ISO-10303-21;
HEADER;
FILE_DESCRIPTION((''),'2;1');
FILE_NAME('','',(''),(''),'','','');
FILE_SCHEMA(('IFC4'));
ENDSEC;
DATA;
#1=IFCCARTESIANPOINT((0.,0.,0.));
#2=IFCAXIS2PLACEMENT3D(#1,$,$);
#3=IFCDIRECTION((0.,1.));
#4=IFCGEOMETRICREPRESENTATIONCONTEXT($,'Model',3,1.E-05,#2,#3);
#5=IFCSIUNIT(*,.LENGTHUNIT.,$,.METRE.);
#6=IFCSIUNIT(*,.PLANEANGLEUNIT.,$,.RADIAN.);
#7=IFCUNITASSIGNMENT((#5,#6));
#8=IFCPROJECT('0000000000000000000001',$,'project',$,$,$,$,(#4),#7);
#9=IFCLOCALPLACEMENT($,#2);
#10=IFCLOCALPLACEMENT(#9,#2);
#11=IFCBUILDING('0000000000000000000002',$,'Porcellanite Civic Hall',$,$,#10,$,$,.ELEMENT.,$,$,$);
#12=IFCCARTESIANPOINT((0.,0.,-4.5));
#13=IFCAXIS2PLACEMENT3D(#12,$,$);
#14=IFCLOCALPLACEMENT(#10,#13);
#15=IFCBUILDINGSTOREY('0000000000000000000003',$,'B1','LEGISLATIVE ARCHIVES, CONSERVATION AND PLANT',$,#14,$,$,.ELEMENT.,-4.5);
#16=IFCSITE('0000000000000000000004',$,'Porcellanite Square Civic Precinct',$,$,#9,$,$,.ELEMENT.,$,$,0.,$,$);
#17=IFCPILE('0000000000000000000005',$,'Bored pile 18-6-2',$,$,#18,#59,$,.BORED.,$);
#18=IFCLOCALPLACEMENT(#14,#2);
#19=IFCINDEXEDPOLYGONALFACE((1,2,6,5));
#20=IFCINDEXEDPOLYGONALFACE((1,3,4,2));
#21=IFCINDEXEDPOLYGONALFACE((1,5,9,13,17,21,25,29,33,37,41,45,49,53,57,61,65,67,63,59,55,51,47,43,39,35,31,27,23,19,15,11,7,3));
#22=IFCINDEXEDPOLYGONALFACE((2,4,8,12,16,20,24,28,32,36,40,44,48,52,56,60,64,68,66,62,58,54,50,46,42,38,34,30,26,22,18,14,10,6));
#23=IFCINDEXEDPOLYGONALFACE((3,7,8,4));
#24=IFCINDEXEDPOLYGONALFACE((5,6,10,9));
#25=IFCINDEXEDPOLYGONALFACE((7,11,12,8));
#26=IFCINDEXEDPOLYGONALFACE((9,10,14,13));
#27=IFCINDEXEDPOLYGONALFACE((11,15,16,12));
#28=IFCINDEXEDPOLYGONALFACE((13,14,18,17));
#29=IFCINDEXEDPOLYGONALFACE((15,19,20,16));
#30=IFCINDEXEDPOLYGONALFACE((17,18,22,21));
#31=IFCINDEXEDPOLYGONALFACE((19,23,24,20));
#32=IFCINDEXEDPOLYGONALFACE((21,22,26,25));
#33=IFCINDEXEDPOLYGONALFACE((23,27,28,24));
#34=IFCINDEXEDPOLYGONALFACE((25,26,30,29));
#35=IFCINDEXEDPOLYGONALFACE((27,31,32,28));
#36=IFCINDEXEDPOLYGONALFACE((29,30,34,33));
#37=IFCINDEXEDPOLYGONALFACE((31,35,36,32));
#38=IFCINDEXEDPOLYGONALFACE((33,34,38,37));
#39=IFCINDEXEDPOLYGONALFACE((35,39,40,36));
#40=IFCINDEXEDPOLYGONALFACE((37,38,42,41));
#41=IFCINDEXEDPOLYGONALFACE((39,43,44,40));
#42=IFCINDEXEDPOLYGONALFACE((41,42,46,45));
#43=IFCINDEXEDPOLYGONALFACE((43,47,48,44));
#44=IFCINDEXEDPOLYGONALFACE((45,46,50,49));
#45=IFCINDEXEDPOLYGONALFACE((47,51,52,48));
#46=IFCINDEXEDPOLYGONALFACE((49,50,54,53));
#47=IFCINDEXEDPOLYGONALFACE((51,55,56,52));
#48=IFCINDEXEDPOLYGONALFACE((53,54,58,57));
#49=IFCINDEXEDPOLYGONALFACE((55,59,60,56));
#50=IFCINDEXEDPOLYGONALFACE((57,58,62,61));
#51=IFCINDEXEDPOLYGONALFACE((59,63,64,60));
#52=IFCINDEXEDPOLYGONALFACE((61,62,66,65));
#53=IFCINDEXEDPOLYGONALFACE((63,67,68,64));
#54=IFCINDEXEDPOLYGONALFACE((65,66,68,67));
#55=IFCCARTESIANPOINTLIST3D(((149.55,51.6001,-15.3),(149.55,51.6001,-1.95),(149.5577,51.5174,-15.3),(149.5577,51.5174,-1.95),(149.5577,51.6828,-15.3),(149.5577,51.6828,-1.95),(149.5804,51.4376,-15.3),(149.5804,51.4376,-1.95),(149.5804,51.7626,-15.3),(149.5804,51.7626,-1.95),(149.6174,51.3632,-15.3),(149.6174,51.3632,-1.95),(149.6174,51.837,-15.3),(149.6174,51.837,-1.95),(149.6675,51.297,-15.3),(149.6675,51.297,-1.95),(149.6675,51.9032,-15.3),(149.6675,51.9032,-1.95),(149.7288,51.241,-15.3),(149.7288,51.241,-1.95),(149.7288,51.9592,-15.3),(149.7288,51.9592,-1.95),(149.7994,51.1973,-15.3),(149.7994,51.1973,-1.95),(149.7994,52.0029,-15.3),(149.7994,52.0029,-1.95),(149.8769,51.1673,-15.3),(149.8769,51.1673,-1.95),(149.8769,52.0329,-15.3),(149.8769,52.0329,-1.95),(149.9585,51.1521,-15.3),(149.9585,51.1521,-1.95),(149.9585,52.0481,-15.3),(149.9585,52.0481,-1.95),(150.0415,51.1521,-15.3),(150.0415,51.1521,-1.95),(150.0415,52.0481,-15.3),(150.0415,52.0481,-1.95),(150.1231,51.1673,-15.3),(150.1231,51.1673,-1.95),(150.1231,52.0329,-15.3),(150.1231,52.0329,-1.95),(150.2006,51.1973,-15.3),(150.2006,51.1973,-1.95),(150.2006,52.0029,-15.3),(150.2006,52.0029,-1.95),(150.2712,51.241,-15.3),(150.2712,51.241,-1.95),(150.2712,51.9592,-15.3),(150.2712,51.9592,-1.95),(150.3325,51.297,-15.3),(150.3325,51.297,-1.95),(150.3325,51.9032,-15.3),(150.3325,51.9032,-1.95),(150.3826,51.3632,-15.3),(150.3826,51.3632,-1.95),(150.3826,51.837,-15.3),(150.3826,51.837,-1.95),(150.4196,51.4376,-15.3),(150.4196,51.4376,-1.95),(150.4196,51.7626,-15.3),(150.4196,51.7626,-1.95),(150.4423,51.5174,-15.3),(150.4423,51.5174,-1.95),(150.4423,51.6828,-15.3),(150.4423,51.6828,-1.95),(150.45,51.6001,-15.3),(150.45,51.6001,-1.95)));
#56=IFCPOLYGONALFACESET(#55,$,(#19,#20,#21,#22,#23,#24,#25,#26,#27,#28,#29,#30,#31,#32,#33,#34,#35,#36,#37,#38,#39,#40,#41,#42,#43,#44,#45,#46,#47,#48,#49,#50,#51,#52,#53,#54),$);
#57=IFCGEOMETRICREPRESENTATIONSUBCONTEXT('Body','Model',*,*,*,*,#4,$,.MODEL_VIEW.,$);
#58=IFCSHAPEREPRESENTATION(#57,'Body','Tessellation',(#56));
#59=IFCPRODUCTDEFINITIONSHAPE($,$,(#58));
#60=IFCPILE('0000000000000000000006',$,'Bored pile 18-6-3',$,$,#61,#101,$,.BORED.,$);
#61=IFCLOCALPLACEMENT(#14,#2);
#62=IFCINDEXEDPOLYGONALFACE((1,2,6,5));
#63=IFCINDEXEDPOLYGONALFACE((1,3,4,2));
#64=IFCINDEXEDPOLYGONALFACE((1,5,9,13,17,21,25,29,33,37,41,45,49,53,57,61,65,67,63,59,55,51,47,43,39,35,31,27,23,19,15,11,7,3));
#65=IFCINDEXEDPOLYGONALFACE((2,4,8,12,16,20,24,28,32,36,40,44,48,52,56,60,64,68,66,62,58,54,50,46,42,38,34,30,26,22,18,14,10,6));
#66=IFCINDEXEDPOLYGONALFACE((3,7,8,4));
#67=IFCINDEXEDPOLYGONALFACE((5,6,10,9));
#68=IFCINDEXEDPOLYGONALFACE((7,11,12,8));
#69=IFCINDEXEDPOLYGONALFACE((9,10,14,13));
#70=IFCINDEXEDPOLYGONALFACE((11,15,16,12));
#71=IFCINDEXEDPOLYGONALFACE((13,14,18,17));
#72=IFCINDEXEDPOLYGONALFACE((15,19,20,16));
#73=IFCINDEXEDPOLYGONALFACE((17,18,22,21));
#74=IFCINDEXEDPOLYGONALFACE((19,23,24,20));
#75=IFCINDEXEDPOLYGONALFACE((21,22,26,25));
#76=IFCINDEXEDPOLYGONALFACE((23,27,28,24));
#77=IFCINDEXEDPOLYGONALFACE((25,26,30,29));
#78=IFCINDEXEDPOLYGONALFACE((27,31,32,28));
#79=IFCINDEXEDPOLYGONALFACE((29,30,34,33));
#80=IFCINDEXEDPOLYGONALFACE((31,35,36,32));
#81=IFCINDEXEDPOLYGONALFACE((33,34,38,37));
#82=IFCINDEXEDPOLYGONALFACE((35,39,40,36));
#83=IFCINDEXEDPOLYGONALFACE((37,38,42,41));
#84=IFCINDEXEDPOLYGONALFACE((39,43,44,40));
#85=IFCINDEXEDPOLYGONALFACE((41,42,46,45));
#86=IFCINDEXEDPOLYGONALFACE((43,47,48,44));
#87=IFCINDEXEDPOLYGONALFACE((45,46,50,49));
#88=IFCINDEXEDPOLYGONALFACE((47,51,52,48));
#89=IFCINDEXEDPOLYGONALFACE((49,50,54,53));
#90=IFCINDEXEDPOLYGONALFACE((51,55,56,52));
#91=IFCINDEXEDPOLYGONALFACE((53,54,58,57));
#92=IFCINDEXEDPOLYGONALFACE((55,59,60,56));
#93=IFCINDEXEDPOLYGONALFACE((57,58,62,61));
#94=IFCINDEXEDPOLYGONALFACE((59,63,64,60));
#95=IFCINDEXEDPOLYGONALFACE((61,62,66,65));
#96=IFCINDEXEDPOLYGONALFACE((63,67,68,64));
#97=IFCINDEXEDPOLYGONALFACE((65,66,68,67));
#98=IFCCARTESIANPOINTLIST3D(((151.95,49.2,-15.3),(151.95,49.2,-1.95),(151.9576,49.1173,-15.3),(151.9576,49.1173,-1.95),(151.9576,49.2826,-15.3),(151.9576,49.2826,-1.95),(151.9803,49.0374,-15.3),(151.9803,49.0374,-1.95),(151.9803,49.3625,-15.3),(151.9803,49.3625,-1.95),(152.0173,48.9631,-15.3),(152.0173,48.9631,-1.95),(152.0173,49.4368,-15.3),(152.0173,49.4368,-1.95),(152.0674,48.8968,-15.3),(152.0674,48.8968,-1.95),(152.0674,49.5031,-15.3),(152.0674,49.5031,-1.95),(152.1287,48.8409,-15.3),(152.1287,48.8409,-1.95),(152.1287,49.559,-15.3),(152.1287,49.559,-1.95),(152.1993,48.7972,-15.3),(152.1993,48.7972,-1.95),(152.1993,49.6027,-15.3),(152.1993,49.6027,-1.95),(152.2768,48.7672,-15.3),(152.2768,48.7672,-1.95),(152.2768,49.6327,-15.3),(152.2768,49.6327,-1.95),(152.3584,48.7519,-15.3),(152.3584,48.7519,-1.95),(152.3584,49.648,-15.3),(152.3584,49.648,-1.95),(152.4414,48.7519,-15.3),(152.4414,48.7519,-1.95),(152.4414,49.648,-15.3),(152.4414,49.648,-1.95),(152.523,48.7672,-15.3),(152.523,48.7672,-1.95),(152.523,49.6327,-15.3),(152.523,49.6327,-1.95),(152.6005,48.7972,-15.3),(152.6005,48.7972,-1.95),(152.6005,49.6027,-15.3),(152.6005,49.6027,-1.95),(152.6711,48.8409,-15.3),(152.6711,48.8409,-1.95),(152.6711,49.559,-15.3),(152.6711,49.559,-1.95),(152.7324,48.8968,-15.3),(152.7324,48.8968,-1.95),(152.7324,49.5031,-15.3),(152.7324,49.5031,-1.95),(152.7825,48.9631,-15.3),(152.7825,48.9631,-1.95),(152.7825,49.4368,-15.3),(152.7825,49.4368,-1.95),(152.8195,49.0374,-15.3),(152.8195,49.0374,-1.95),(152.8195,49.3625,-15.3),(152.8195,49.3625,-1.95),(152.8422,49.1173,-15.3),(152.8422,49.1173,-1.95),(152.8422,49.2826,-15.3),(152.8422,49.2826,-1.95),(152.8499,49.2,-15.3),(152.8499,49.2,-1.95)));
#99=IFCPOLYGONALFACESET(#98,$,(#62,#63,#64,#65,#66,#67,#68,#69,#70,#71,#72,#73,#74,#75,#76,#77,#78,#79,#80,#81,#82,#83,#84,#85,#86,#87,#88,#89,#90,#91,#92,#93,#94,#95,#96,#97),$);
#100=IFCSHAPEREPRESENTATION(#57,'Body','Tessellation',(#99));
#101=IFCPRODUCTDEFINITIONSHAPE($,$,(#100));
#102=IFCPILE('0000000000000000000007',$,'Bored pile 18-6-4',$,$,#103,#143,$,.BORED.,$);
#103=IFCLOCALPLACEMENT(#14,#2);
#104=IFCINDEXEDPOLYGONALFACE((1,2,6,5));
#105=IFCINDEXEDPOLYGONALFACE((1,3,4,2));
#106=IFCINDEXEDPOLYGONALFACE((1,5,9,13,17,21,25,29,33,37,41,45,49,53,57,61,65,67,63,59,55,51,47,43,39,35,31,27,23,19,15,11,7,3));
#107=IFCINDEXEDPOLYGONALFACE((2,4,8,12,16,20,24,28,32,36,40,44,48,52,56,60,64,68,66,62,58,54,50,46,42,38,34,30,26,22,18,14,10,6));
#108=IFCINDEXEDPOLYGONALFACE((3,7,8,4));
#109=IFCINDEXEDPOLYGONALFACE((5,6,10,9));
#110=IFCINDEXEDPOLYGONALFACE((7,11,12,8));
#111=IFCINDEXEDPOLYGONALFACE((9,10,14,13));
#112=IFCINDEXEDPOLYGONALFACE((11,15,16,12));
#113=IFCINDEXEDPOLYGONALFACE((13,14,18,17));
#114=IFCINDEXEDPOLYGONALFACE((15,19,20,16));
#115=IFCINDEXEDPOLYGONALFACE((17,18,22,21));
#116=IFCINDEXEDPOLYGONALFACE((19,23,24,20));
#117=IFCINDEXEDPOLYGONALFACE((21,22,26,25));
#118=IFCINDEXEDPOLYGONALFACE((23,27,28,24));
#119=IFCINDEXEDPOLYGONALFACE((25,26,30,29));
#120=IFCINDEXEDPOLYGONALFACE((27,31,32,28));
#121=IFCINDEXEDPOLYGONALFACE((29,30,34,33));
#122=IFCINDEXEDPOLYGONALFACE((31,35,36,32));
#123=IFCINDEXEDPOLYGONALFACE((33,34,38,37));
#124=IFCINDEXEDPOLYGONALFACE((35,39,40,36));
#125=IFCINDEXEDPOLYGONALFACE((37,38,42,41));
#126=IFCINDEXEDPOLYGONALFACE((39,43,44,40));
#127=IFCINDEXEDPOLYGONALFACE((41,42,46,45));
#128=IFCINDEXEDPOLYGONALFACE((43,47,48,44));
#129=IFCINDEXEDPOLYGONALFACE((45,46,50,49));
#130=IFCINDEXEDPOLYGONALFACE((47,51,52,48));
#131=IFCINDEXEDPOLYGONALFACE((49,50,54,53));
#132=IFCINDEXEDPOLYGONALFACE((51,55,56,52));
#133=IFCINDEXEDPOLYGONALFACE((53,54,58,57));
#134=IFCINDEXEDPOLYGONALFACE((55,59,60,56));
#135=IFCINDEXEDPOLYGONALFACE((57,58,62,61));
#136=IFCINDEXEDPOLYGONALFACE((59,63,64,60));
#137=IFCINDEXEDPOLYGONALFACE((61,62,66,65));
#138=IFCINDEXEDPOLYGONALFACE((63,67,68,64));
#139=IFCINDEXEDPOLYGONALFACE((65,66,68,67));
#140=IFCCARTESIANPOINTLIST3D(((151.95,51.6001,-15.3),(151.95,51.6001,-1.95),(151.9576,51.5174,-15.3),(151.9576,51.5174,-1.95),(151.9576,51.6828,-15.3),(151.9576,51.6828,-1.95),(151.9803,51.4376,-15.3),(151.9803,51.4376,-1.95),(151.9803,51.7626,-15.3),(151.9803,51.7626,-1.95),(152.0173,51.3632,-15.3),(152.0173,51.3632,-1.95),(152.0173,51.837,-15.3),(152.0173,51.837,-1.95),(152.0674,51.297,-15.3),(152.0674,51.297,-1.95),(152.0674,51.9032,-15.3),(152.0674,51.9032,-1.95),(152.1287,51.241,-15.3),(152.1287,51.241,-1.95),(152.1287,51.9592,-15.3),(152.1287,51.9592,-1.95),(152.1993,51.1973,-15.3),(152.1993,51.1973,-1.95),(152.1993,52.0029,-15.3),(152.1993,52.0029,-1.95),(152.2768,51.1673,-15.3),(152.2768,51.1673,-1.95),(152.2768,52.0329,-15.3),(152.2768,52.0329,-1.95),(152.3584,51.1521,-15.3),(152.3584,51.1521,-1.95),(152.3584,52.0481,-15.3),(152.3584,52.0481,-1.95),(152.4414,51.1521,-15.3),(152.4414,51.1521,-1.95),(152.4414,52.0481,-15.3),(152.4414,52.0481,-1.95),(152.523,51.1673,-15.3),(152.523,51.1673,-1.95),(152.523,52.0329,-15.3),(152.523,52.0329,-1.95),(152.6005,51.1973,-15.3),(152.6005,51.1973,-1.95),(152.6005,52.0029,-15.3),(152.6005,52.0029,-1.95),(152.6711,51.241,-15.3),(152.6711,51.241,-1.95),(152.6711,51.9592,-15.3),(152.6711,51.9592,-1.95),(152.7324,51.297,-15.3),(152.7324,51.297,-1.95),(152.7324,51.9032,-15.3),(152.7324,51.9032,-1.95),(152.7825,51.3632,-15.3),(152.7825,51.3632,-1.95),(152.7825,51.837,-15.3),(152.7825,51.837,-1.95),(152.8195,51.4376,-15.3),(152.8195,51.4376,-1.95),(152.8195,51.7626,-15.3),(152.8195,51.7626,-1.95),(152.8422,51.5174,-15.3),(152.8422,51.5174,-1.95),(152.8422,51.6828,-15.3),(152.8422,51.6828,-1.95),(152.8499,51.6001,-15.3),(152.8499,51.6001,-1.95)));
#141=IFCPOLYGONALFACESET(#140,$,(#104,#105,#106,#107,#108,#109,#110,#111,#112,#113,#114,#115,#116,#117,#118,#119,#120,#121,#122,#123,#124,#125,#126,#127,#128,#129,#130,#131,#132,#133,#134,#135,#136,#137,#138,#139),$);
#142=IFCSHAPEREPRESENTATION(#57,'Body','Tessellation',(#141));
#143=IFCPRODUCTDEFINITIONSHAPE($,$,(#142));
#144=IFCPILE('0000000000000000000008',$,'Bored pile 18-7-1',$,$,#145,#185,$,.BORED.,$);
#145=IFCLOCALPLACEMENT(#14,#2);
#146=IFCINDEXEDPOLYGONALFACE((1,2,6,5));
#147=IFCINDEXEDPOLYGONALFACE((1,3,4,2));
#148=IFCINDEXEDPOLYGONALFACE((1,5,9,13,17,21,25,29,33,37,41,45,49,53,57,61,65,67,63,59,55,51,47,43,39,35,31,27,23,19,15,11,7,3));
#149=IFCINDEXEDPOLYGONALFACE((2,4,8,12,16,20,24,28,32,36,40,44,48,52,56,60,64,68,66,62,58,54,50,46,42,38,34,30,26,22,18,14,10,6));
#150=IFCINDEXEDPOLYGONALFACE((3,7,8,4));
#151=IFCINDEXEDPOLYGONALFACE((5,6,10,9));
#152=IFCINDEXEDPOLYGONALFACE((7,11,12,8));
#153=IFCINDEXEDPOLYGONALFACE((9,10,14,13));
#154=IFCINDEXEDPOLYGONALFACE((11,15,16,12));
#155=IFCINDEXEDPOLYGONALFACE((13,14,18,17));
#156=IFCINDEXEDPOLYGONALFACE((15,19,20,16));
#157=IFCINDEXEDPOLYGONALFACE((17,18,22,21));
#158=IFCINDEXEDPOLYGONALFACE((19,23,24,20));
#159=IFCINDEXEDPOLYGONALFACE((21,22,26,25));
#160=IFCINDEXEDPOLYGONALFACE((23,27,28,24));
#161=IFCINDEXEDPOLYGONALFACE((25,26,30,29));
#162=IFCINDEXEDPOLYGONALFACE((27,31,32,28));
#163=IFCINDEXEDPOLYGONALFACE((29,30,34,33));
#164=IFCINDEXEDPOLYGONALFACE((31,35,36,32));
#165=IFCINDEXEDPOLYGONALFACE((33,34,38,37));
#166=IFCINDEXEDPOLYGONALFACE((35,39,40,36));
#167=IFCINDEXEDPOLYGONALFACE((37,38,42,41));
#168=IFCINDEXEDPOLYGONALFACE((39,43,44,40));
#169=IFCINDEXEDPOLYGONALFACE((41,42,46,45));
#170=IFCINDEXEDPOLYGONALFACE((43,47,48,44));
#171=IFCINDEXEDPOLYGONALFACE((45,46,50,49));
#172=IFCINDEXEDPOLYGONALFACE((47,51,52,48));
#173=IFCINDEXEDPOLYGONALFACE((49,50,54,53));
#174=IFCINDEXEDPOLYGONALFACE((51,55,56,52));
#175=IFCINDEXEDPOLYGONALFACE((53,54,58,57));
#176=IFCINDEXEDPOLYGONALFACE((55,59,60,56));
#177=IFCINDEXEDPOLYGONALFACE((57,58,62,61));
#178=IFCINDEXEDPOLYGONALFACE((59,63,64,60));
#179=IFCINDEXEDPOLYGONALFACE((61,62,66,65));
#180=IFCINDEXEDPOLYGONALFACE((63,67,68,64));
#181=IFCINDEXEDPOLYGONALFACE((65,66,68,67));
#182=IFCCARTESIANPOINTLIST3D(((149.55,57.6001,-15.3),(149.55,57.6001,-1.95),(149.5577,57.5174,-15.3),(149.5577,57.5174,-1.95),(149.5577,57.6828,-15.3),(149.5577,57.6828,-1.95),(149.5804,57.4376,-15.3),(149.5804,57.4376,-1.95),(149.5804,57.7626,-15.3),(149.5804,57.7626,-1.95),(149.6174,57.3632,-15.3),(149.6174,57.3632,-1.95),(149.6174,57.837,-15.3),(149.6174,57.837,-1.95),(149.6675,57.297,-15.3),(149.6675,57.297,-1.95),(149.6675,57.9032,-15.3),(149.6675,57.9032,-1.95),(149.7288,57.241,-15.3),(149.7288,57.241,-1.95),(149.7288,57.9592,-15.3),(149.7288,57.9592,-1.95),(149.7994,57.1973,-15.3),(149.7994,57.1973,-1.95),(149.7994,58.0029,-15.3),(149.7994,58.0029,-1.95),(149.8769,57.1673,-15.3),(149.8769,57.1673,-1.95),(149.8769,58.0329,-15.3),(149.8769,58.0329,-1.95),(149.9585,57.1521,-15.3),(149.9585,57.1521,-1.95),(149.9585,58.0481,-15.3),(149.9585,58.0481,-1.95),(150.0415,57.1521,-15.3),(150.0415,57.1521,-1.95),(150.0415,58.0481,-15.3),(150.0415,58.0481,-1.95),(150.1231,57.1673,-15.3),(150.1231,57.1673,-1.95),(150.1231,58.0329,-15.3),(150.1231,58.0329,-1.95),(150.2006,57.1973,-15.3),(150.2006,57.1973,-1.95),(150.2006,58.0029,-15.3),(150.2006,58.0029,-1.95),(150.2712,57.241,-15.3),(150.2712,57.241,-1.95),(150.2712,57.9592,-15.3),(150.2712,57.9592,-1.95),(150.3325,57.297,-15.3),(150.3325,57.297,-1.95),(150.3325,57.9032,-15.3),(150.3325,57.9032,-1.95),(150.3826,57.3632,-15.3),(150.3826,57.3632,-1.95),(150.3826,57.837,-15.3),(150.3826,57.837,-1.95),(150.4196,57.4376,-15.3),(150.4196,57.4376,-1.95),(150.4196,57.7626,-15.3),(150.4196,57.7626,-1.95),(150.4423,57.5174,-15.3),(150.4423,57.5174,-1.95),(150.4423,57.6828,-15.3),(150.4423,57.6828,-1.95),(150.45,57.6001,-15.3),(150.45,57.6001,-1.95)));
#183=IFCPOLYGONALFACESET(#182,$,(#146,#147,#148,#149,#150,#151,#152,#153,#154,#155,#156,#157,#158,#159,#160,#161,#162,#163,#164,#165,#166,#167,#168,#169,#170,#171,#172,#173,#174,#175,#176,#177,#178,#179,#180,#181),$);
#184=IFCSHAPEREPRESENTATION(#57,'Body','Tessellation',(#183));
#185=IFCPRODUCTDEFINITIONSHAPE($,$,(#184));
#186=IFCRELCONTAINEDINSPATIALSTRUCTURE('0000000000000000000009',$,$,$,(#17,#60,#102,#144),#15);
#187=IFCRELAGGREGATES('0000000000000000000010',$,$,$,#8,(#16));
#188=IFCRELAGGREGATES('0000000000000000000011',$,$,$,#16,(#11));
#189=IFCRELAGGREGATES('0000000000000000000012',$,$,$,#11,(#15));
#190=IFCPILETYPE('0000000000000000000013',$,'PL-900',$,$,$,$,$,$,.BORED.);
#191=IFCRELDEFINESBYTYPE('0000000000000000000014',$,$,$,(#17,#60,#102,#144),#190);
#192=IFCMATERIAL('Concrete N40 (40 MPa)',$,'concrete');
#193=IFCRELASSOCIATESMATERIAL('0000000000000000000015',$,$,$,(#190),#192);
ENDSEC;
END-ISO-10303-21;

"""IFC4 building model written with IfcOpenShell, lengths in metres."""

from ifc_helpers import new_model, si_unit, direction, frame, origin, origin_2d, place, context, subcontext, project, spatial, circle, extrude, material, material_profile, profile_set, type_object, element, save


model = new_model("IFC4")

# Units and contexts
model_context = context("Model", 3, precision=1e-05, world=origin(), true_north=direction((0.0, 1.0)))
body_context = subcontext(model_context, "Body", "Model", "MODEL_VIEW")
ifc_project = project(units=[si_unit("LENGTHUNIT", "METRE"), si_unit("PLANEANGLEUNIT", "RADIAN")], contexts=[model_context])

# Site, building, storey
site_placement = place(None, origin())
site = spatial("IfcSite", under=ifc_project, at=site_placement, Name="Porcellanite Square Civic Precinct", CompositionType="ELEMENT", RefElevation=0.0)
building_placement = place(site_placement, origin())
building = spatial("IfcBuilding", under=site, at=building_placement, Name="Porcellanite Civic Hall", CompositionType="ELEMENT")
storey_placement = place(building_placement, frame((0.0, 0.0, -4.5)))
storey = spatial("IfcBuildingStorey", under=building, at=storey_placement, Name="B1", Description="LEGISLATIVE ARCHIVES, CONSERVATION AND PLANT", CompositionType="ELEMENT", Elevation=-4.5)

# Piles
ifc_material_1 = material(Name="Concrete N40 (40 MPa)", Category="concrete")
ifc_material_profile_1 = material_profile(ifc_material_1, circle(Radius=0.45, at=origin_2d()), Name="PILE-D900")
ifc_profile_set_1 = profile_set([ifc_material_profile_1], Name="Concrete N40 (40 MPa)")
pile_type_1 = type_object("IfcPileType", Name="PL-900", PredefinedType="BORED", material=ifc_profile_set_1)
for number, where, z_axis, x_axis, name in (
    (1, (150.0, 51.6001, -1.95), (0.0, 0.0, -1.0), (1.0, 0.0, 0.0), "Bored pile 18-6-2"),
    (2, (152.3999, 49.2, -1.95), (0.0, 0.0, -1.0), (1.0, 0.0, 0.0), "Bored pile 18-6-3"),
    (3, (152.3999, 51.6001, -1.95), (0.0, 0.0, -1.0), (1.0, 0.0, 0.0), "Bored pile 18-6-4"),
    (4, (150.0, 57.6001, -1.95), (0.0, 0.0, -1.0), (1.0, 0.0, 0.0), "Bored pile 18-7-1"),
):
    element("IfcPile", number, at=place(storey_placement, frame(where, z_axis=z_axis, x_axis=x_axis)), inside=storey, type_object=pile_type_1, Name=name, PredefinedType="BORED", context=body_context, shape_type="SweptSolid", body=[
        extrude(circle(Radius=0.45, at=origin_2d()), origin(), (0.0, 0.0, 1.0), 13.3501),
    ])

save(model, "model.ifc")
